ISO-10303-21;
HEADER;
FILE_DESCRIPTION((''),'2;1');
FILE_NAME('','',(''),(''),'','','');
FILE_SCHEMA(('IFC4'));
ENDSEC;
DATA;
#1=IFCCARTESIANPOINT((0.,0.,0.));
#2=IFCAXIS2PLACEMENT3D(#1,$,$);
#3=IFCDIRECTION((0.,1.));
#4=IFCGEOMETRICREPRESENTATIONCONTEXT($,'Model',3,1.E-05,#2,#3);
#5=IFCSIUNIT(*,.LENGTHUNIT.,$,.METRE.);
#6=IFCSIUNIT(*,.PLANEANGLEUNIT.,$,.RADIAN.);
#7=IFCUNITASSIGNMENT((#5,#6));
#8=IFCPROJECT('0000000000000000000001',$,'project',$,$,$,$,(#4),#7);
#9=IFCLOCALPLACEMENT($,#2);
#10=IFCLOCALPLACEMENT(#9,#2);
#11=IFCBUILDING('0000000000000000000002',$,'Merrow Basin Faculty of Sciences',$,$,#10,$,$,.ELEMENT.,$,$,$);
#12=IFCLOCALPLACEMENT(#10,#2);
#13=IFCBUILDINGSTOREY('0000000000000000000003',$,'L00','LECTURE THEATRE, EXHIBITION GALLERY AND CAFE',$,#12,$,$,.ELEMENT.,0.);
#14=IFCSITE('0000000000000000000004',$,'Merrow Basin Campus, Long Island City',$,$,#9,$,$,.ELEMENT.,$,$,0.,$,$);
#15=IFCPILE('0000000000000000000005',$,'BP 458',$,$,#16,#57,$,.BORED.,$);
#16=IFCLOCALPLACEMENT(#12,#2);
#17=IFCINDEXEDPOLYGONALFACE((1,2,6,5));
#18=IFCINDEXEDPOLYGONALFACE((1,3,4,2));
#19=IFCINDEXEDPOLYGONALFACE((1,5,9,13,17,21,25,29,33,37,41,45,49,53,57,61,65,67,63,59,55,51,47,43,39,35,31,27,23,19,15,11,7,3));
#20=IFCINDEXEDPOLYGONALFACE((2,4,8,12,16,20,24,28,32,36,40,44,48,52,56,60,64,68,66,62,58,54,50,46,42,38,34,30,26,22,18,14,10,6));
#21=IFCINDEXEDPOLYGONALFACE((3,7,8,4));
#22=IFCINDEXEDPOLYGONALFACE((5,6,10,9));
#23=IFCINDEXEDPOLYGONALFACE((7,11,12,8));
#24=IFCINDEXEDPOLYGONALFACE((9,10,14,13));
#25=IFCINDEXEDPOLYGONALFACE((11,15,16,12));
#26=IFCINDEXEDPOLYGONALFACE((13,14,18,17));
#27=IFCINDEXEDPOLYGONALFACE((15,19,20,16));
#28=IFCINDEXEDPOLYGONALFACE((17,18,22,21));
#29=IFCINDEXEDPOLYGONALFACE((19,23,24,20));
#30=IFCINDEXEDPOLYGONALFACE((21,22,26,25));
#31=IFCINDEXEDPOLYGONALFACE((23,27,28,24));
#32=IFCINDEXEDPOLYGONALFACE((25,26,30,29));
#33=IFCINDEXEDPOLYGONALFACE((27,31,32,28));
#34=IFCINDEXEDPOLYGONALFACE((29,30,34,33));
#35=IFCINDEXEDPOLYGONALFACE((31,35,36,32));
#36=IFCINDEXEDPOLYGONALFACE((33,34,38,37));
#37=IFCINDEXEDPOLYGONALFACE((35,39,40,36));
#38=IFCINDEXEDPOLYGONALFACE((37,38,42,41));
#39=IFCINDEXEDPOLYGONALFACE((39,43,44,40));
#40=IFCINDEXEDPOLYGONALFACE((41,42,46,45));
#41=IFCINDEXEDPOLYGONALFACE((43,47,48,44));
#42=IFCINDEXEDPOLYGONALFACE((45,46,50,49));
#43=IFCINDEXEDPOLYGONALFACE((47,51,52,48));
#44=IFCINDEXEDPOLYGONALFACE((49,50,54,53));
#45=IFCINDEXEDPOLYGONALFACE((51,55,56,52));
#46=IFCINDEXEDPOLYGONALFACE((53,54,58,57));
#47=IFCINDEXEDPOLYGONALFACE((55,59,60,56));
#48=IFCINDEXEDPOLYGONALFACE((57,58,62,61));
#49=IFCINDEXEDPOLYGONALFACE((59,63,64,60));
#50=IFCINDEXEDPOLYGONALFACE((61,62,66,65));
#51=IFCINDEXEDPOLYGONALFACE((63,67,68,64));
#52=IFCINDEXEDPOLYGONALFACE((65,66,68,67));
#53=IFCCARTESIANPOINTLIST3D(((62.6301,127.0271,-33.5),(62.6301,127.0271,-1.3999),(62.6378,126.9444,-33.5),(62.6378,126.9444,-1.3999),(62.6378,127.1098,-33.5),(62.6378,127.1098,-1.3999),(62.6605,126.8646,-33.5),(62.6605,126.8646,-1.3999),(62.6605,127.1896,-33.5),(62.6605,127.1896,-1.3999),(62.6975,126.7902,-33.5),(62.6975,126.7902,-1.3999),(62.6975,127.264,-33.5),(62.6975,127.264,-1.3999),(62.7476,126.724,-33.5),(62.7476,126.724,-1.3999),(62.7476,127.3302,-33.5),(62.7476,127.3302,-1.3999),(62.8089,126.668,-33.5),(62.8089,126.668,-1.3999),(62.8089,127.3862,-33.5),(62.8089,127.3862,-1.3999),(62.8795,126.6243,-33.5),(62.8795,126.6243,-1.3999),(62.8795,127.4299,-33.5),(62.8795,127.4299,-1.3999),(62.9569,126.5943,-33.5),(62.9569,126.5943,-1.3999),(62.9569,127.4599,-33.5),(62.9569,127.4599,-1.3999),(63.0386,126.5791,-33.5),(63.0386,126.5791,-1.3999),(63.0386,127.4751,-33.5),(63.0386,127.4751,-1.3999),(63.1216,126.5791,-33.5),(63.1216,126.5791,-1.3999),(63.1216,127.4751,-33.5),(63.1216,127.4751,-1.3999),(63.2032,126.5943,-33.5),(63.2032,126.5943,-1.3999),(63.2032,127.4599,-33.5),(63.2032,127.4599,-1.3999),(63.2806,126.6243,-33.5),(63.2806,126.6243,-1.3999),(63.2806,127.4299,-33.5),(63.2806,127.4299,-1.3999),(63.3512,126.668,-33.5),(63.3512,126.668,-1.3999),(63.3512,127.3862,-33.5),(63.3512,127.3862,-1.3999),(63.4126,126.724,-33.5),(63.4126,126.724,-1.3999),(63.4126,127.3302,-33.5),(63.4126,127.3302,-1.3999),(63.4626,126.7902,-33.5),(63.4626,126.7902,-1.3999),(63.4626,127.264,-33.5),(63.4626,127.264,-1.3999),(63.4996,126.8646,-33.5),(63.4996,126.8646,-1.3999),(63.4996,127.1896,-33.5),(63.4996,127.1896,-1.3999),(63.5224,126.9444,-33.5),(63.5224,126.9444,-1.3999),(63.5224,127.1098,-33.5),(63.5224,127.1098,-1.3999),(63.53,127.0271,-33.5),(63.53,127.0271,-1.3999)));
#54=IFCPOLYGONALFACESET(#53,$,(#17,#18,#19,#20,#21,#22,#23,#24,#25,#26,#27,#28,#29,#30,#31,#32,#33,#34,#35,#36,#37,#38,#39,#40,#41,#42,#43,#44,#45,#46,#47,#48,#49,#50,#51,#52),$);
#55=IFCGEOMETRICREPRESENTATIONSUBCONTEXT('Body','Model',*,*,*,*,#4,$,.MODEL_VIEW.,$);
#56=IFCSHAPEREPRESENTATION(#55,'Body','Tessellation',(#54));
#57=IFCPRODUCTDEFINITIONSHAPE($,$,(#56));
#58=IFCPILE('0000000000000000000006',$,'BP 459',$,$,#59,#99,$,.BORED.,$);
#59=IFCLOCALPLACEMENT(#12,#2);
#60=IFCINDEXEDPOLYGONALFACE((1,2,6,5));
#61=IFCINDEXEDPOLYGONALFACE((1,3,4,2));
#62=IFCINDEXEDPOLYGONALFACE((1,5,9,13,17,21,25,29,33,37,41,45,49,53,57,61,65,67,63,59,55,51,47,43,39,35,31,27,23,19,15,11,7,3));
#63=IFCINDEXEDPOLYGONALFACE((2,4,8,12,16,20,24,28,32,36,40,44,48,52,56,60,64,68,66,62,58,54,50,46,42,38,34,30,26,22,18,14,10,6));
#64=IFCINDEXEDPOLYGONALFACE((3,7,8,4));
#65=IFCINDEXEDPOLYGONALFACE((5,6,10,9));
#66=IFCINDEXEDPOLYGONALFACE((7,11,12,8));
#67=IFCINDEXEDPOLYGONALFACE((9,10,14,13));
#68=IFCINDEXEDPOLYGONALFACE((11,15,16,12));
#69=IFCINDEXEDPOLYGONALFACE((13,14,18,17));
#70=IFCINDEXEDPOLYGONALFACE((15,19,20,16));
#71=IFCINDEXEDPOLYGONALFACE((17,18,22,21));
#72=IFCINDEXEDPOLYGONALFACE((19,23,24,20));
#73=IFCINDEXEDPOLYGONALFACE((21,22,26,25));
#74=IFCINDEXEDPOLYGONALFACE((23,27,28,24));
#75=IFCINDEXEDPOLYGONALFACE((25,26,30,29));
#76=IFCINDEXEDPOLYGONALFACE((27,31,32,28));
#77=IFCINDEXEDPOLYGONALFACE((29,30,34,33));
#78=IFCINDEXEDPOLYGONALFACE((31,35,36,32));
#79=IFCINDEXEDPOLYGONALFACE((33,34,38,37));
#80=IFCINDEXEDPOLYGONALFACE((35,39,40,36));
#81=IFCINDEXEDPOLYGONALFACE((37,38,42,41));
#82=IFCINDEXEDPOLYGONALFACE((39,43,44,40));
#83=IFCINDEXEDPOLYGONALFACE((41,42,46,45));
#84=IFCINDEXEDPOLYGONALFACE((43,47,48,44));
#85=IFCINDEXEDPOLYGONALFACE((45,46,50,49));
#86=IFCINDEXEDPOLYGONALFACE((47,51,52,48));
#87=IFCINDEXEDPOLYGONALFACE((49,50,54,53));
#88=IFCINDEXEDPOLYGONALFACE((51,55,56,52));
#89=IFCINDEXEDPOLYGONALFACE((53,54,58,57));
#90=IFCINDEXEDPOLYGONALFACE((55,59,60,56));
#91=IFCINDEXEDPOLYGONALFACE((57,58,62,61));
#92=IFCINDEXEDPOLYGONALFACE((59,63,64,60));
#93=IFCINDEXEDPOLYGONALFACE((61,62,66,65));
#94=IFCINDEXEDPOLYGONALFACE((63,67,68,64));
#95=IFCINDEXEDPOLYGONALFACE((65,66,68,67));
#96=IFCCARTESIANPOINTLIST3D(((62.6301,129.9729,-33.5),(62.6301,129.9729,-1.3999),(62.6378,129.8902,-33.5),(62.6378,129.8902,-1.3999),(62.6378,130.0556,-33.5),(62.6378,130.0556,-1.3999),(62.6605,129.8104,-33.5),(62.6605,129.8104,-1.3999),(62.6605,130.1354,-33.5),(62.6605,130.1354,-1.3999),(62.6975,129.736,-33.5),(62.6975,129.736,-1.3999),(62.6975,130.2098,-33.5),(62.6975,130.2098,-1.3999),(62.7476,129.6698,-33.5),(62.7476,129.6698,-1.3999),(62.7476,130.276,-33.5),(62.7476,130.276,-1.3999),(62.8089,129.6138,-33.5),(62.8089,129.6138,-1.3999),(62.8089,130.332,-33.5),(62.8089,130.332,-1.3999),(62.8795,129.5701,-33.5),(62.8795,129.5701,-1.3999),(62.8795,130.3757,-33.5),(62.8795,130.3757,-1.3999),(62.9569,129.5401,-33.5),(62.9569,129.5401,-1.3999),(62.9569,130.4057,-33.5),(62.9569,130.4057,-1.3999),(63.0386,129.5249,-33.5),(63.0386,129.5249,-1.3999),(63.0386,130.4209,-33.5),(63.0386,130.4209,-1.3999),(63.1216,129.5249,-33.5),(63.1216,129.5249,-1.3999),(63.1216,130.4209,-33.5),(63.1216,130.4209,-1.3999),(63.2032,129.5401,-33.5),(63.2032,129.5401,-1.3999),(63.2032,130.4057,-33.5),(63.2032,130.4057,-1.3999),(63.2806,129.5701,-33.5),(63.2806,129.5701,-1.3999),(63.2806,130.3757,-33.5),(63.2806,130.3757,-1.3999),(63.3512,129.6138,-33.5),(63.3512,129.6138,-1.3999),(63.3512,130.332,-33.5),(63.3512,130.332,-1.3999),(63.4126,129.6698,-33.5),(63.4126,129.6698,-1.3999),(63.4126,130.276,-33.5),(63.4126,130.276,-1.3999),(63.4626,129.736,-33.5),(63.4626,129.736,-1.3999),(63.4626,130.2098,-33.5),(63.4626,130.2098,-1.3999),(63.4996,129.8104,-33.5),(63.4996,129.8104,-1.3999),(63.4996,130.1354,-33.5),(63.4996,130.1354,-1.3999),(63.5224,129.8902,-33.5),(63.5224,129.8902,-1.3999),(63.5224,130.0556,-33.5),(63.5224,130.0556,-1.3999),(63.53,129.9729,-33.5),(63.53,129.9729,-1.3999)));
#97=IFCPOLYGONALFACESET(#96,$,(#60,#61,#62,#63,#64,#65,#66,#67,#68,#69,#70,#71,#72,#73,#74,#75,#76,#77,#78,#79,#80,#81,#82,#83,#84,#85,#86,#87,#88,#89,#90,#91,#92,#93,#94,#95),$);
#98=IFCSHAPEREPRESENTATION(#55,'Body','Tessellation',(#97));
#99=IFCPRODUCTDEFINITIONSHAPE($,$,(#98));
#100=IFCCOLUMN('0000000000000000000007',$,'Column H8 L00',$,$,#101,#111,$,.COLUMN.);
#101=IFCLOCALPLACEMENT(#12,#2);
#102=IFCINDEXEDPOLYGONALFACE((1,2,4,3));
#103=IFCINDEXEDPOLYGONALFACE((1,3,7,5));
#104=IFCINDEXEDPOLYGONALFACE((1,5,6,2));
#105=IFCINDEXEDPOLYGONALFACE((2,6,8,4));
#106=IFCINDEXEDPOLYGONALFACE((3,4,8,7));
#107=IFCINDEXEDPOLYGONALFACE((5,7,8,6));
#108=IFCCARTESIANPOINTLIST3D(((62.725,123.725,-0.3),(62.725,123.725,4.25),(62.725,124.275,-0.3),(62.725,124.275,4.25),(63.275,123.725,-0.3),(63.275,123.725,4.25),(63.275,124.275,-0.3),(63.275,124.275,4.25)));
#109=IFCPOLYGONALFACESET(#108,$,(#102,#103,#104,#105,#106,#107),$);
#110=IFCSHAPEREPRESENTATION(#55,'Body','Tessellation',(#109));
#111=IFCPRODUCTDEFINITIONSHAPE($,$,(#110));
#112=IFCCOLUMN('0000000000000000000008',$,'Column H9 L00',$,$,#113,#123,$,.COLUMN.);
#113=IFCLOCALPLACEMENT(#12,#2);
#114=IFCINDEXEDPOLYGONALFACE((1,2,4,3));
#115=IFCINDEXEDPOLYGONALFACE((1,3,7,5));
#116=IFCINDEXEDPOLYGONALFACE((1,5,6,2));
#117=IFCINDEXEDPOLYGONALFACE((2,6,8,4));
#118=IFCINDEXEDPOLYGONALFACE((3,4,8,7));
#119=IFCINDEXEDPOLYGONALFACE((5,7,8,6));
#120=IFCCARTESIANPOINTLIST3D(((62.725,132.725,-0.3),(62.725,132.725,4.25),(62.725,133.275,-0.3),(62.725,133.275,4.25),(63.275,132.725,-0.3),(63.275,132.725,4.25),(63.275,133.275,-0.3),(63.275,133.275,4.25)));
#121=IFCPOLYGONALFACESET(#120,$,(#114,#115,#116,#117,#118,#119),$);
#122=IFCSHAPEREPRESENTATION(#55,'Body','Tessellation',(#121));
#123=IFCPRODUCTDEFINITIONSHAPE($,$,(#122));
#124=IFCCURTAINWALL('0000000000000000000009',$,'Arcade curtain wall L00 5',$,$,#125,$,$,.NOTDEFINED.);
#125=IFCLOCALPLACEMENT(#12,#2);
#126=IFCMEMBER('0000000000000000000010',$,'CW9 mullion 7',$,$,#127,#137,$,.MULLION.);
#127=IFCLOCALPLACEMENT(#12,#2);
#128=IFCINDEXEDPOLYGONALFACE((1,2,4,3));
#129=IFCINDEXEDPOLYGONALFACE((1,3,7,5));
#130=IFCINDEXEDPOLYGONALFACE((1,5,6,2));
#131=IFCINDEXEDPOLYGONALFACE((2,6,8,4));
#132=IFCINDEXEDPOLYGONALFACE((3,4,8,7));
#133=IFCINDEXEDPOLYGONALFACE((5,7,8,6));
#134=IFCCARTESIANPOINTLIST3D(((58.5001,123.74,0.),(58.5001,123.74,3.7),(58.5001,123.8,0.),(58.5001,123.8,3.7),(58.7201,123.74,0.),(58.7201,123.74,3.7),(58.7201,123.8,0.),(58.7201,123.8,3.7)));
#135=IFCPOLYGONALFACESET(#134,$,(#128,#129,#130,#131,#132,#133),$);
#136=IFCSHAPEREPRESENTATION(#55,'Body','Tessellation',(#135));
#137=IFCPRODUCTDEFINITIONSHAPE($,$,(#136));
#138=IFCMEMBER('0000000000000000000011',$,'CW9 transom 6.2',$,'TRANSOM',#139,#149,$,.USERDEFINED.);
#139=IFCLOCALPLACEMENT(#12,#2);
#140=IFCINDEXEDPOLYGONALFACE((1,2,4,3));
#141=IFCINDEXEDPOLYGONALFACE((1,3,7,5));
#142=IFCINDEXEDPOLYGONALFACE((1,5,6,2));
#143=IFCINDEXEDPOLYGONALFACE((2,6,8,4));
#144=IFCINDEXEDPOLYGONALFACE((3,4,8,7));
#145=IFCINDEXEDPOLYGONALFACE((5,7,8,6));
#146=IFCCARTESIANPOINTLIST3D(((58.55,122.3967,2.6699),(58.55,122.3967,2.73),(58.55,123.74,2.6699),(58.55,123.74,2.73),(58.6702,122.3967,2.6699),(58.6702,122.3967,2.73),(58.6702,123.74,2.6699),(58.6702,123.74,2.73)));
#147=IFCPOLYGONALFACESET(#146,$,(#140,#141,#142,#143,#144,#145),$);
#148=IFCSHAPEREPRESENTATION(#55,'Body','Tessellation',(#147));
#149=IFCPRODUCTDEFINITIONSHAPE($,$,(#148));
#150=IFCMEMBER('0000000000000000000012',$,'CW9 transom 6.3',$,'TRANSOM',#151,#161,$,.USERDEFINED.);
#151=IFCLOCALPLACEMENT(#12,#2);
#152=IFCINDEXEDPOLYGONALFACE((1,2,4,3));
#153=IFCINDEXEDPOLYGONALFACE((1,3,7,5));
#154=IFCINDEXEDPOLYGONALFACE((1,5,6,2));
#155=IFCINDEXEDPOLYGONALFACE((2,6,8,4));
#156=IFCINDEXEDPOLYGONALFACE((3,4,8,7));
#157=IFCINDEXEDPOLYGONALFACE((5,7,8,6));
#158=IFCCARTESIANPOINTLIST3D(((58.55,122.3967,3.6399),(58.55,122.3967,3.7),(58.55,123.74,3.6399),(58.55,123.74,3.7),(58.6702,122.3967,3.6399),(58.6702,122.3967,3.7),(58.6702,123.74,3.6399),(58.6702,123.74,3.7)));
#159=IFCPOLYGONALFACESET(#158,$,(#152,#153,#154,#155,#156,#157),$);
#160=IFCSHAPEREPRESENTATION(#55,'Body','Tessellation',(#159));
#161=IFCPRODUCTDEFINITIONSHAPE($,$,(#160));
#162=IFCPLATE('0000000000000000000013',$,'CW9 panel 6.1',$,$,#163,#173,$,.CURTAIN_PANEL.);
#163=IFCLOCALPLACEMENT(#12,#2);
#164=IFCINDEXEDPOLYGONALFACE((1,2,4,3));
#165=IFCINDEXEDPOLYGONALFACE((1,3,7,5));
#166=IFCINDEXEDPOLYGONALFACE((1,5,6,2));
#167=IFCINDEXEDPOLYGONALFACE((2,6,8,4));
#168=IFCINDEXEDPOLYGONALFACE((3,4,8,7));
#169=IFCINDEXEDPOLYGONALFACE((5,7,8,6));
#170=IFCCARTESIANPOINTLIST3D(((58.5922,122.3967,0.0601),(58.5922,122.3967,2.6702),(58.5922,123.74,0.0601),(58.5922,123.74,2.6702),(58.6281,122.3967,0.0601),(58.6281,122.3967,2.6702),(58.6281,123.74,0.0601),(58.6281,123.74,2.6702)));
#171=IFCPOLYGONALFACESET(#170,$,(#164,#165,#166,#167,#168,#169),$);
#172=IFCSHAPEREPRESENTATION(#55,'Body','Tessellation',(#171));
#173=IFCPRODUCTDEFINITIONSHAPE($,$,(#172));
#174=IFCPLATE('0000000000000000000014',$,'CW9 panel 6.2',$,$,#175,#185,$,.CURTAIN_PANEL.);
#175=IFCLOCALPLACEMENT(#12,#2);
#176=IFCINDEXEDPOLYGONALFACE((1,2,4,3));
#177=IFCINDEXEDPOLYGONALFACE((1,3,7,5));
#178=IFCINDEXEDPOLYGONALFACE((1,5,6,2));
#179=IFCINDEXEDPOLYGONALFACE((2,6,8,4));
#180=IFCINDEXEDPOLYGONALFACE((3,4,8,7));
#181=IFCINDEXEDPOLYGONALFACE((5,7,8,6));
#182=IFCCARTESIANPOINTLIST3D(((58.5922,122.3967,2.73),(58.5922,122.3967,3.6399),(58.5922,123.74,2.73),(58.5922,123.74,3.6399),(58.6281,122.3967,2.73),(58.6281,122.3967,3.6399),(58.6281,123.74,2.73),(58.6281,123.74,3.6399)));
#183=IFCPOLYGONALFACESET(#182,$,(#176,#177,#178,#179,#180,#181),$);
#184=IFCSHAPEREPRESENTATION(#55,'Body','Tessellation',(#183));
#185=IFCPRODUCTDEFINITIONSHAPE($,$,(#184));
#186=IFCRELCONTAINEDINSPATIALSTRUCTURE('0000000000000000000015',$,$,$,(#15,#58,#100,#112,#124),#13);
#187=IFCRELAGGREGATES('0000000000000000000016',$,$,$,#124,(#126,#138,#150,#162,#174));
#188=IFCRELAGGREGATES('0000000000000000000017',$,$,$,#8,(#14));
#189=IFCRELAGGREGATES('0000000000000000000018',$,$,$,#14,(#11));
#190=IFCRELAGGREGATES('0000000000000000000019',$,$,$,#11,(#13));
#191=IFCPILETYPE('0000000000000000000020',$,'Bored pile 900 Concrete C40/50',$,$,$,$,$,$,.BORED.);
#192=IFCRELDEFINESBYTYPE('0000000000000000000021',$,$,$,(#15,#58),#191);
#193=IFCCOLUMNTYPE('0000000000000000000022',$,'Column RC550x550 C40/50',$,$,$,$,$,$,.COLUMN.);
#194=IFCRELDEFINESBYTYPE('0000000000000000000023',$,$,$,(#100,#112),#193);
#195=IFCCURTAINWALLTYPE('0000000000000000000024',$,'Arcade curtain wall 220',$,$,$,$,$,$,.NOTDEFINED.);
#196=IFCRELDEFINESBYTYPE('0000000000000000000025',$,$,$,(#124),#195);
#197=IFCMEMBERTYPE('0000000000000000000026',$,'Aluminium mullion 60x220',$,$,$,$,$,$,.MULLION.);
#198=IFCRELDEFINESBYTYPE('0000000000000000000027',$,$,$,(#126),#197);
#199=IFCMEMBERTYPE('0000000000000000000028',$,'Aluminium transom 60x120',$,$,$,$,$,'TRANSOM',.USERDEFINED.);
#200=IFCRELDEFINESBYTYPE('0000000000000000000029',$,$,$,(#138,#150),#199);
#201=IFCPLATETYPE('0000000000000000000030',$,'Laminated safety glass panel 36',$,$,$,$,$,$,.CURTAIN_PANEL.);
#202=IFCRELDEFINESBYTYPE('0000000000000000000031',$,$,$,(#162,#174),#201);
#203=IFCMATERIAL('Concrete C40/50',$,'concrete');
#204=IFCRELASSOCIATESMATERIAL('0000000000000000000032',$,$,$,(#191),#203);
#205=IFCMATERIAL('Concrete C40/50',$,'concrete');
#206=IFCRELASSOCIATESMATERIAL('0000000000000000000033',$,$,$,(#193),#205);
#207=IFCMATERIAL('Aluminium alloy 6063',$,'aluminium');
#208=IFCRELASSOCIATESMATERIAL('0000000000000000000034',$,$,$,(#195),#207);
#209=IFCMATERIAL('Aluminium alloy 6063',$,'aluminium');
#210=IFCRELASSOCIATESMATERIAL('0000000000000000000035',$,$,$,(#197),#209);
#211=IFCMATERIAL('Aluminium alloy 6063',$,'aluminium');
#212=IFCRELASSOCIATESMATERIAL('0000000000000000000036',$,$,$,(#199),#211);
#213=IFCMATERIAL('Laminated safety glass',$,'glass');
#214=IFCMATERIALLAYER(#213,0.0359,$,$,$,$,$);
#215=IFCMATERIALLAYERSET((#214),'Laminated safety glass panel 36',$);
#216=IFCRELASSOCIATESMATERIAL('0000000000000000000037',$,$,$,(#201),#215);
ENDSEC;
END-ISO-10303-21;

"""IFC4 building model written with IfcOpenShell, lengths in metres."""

from ifc_helpers import new_model, si_unit, direction, frame, origin, origin_2d, place, context, subcontext, project, spatial, rectangle, circle, extrude, material, layer, layer_set, material_profile, profile_set, type_object, element, aggregate, save


model = new_model("IFC4")

# Units and contexts
model_context = context("Model", 3, precision=1e-05, world=origin(), true_north=direction((0.0, 1.0)))
body_context = subcontext(model_context, "Body", "Model", "MODEL_VIEW")
ifc_project = project(units=[si_unit("LENGTHUNIT", "METRE"), si_unit("PLANEANGLEUNIT", "RADIAN")], contexts=[model_context])

# Site, building, storey
site_placement = place(None, origin())
site = spatial("IfcSite", under=ifc_project, at=site_placement, Name="Merrow Basin Campus, Long Island City", CompositionType="ELEMENT", RefElevation=0.0)
building_placement = place(site_placement, origin())
building = spatial("IfcBuilding", under=site, at=building_placement, Name="Merrow Basin Faculty of Sciences", CompositionType="ELEMENT")
storey_placement = place(building_placement, origin())
storey = spatial("IfcBuildingStorey", under=building, at=storey_placement, Name="L00", Description="LECTURE THEATRE, EXHIBITION GALLERY AND CAFE", CompositionType="ELEMENT", Elevation=0.0)

# Piles
ifc_material_1 = material(Name="Concrete C40/50", Category="concrete")
ifc_material_profile_1 = material_profile(ifc_material_1, circle(Radius=0.45, at=origin_2d()))
ifc_profile_set_1 = profile_set([ifc_material_profile_1], Name="Concrete C40/50")
pile_type = type_object("IfcPileType", Name="Bored pile 900 Concrete C40/50", PredefinedType="BORED", material=ifc_profile_set_1)
for number, where, z_axis, x_axis, name in (
    (1, (63.0801, 127.0271, -1.3999), (0.0, 0.0, -1.0), (1.0, 0.0, 0.0), "BP 458"),
    (2, (63.0801, 129.9729, -1.3999), (0.0, 0.0, -1.0), (1.0, 0.0, 0.0), "BP 459"),
):
    element("IfcPile", number, at=place(storey_placement, frame(where, z_axis=z_axis, x_axis=x_axis)), inside=storey, type_object=pile_type, Name=name, PredefinedType="BORED", context=body_context, shape_type="SweptSolid", body=[
        extrude(circle(Radius=0.45, at=origin_2d()), origin(), (0.0, 0.0, 1.0), 32.1001),
    ])

# Columns
ifc_material_2 = material(Name="Concrete C40/50", Category="concrete")
ifc_material_profile_2 = material_profile(ifc_material_2, rectangle(XDim=0.55, YDim=0.55, at=origin_2d()))
ifc_profile_set_2 = profile_set([ifc_material_profile_2], Name="Concrete C40/50")
column_type = type_object("IfcColumnType", Name="Column RC550x550 C40/50", PredefinedType="COLUMN", material=ifc_profile_set_2)
for number, where, z_axis, x_axis, name in (
    (3, (63.0, 124.0, -0.3), (0.0, 0.0, 1.0), (1.0, 0.0, 0.0), "Column H8 L00"),
    (4, (63.0, 133.0, -0.3), (0.0, 0.0, 1.0), (1.0, 0.0, 0.0), "Column H9 L00"),
):
    element("IfcColumn", number, at=place(storey_placement, frame(where, z_axis=z_axis, x_axis=x_axis)), inside=storey, type_object=column_type, Name=name, PredefinedType="COLUMN", context=body_context, shape_type="SweptSolid", body=[
        extrude(rectangle(XDim=0.55, YDim=0.55, at=origin_2d()), origin(), (0.0, 0.0, 1.0), 4.55),
    ])

# Curtain wall, members, plates
ifc_material_3 = material(Name="Aluminium alloy 6063", Category="aluminium")
curtain_wall_type = type_object("IfcCurtainWallType", Name="Arcade curtain wall 220", PredefinedType="NOTDEFINED", material=ifc_material_3)
curtain_wall_placement = place(storey_placement, origin())
curtain_wall = element("IfcCurtainWall", 5, at=curtain_wall_placement, inside=storey, type_object=curtain_wall_type, Name="Arcade curtain wall L00 5", PredefinedType="NOTDEFINED")
ifc_material_4 = material(Name="Aluminium alloy 6063", Category="aluminium")
ifc_material_profile_3 = material_profile(ifc_material_4, rectangle(XDim=0.22, YDim=0.0601, at=origin_2d()))
ifc_profile_set_3 = profile_set([ifc_material_profile_3], Name="Aluminium alloy 6063")
member_type_1 = type_object("IfcMemberType", Name="Aluminium mullion 60x220", PredefinedType="MULLION", material=ifc_profile_set_3)
member_1_placement = place(storey_placement, frame((58.6101, 123.77, 0.0), z_axis=(0.0, 0.0, 1.0), x_axis=(-1.0, 0.0, 0.0)))
member_1 = element("IfcMember", 6, at=member_1_placement, type_object=member_type_1, Name="CW9 mullion 7", PredefinedType="MULLION", context=body_context, shape_type="SweptSolid", body=[
    extrude(rectangle(XDim=0.22, YDim=0.0601, at=origin_2d()), origin(), (0.0, 0.0, 1.0), 3.7),
])
ifc_material_5 = material(Name="Aluminium alloy 6063", Category="aluminium")
ifc_material_profile_4 = material_profile(ifc_material_5, rectangle(XDim=0.1201, YDim=0.0601, at=origin_2d()))
ifc_profile_set_4 = profile_set([ifc_material_profile_4], Name="Aluminium alloy 6063")
member_type_2 = type_object("IfcMemberType", Name="Aluminium transom 60x120", ElementType="TRANSOM", PredefinedType="USERDEFINED", material=ifc_profile_set_4)
member_2_placement = place(storey_placement, frame((58.6101, 122.3967, 2.7), z_axis=(0.0, 1.0, 0.0), x_axis=(-1.0, 0.0, 0.0)))
member_2 = element("IfcMember", 7, at=member_2_placement, type_object=member_type_2, Name="CW9 transom 6.2", ObjectType="TRANSOM", PredefinedType="USERDEFINED", context=body_context, shape_type="SweptSolid", body=[
    extrude(rectangle(XDim=0.1201, YDim=0.0601, at=origin_2d()), origin(), (0.0, 0.0, 1.0), 1.3433),
])
member_3_placement = place(storey_placement, frame((58.6101, 122.3967, 3.6699), z_axis=(0.0, 1.0, 0.0), x_axis=(-1.0, 0.0, 0.0)))
member_3 = element("IfcMember", 8, at=member_3_placement, type_object=member_type_2, Name="CW9 transom 6.3", ObjectType="TRANSOM", PredefinedType="USERDEFINED", context=body_context, shape_type="SweptSolid", body=[
    extrude(rectangle(XDim=0.1201, YDim=0.0601, at=origin_2d()), origin(), (0.0, 0.0, 1.0), 1.3433),
])
ifc_material_6 = material(Name="Laminated safety glass", Category="glass")
ifc_layer_1 = layer(ifc_material_6, 0.0359)
ifc_layer_set_1 = layer_set([ifc_layer_1], Name="Laminated safety glass panel 36")
plate_type = type_object("IfcPlateType", Name="Laminated safety glass panel 36", PredefinedType="CURTAIN_PANEL", material=ifc_layer_set_1)
plate_1_placement = place(storey_placement, frame((58.6101, 123.0684, 0.0601), z_axis=(0.0, 0.0, 1.0), x_axis=(0.0, 1.0, 0.0)))
plate_1 = element("IfcPlate", 9, at=plate_1_placement, type_object=plate_type, Name="CW9 panel 6.1", PredefinedType="CURTAIN_PANEL", context=body_context, shape_type="SweptSolid", body=[
    extrude(rectangle(XDim=1.3433, YDim=0.0359, at=origin_2d()), origin(), (0.0, 0.0, 1.0), 2.6101),
])
plate_2_placement = place(storey_placement, frame((58.6101, 123.0684, 2.73), z_axis=(0.0, 0.0, 1.0), x_axis=(0.0, 1.0, 0.0)))
plate_2 = element("IfcPlate", 10, at=plate_2_placement, type_object=plate_type, Name="CW9 panel 6.2", PredefinedType="CURTAIN_PANEL", context=body_context, shape_type="SweptSolid", body=[
    extrude(rectangle(XDim=1.3433, YDim=0.0359, at=origin_2d()), origin(), (0.0, 0.0, 1.0), 0.9099),
])
aggregate(curtain_wall, [member_1, member_2, member_3, plate_1, plate_2])

save(model, "model.ifc")
